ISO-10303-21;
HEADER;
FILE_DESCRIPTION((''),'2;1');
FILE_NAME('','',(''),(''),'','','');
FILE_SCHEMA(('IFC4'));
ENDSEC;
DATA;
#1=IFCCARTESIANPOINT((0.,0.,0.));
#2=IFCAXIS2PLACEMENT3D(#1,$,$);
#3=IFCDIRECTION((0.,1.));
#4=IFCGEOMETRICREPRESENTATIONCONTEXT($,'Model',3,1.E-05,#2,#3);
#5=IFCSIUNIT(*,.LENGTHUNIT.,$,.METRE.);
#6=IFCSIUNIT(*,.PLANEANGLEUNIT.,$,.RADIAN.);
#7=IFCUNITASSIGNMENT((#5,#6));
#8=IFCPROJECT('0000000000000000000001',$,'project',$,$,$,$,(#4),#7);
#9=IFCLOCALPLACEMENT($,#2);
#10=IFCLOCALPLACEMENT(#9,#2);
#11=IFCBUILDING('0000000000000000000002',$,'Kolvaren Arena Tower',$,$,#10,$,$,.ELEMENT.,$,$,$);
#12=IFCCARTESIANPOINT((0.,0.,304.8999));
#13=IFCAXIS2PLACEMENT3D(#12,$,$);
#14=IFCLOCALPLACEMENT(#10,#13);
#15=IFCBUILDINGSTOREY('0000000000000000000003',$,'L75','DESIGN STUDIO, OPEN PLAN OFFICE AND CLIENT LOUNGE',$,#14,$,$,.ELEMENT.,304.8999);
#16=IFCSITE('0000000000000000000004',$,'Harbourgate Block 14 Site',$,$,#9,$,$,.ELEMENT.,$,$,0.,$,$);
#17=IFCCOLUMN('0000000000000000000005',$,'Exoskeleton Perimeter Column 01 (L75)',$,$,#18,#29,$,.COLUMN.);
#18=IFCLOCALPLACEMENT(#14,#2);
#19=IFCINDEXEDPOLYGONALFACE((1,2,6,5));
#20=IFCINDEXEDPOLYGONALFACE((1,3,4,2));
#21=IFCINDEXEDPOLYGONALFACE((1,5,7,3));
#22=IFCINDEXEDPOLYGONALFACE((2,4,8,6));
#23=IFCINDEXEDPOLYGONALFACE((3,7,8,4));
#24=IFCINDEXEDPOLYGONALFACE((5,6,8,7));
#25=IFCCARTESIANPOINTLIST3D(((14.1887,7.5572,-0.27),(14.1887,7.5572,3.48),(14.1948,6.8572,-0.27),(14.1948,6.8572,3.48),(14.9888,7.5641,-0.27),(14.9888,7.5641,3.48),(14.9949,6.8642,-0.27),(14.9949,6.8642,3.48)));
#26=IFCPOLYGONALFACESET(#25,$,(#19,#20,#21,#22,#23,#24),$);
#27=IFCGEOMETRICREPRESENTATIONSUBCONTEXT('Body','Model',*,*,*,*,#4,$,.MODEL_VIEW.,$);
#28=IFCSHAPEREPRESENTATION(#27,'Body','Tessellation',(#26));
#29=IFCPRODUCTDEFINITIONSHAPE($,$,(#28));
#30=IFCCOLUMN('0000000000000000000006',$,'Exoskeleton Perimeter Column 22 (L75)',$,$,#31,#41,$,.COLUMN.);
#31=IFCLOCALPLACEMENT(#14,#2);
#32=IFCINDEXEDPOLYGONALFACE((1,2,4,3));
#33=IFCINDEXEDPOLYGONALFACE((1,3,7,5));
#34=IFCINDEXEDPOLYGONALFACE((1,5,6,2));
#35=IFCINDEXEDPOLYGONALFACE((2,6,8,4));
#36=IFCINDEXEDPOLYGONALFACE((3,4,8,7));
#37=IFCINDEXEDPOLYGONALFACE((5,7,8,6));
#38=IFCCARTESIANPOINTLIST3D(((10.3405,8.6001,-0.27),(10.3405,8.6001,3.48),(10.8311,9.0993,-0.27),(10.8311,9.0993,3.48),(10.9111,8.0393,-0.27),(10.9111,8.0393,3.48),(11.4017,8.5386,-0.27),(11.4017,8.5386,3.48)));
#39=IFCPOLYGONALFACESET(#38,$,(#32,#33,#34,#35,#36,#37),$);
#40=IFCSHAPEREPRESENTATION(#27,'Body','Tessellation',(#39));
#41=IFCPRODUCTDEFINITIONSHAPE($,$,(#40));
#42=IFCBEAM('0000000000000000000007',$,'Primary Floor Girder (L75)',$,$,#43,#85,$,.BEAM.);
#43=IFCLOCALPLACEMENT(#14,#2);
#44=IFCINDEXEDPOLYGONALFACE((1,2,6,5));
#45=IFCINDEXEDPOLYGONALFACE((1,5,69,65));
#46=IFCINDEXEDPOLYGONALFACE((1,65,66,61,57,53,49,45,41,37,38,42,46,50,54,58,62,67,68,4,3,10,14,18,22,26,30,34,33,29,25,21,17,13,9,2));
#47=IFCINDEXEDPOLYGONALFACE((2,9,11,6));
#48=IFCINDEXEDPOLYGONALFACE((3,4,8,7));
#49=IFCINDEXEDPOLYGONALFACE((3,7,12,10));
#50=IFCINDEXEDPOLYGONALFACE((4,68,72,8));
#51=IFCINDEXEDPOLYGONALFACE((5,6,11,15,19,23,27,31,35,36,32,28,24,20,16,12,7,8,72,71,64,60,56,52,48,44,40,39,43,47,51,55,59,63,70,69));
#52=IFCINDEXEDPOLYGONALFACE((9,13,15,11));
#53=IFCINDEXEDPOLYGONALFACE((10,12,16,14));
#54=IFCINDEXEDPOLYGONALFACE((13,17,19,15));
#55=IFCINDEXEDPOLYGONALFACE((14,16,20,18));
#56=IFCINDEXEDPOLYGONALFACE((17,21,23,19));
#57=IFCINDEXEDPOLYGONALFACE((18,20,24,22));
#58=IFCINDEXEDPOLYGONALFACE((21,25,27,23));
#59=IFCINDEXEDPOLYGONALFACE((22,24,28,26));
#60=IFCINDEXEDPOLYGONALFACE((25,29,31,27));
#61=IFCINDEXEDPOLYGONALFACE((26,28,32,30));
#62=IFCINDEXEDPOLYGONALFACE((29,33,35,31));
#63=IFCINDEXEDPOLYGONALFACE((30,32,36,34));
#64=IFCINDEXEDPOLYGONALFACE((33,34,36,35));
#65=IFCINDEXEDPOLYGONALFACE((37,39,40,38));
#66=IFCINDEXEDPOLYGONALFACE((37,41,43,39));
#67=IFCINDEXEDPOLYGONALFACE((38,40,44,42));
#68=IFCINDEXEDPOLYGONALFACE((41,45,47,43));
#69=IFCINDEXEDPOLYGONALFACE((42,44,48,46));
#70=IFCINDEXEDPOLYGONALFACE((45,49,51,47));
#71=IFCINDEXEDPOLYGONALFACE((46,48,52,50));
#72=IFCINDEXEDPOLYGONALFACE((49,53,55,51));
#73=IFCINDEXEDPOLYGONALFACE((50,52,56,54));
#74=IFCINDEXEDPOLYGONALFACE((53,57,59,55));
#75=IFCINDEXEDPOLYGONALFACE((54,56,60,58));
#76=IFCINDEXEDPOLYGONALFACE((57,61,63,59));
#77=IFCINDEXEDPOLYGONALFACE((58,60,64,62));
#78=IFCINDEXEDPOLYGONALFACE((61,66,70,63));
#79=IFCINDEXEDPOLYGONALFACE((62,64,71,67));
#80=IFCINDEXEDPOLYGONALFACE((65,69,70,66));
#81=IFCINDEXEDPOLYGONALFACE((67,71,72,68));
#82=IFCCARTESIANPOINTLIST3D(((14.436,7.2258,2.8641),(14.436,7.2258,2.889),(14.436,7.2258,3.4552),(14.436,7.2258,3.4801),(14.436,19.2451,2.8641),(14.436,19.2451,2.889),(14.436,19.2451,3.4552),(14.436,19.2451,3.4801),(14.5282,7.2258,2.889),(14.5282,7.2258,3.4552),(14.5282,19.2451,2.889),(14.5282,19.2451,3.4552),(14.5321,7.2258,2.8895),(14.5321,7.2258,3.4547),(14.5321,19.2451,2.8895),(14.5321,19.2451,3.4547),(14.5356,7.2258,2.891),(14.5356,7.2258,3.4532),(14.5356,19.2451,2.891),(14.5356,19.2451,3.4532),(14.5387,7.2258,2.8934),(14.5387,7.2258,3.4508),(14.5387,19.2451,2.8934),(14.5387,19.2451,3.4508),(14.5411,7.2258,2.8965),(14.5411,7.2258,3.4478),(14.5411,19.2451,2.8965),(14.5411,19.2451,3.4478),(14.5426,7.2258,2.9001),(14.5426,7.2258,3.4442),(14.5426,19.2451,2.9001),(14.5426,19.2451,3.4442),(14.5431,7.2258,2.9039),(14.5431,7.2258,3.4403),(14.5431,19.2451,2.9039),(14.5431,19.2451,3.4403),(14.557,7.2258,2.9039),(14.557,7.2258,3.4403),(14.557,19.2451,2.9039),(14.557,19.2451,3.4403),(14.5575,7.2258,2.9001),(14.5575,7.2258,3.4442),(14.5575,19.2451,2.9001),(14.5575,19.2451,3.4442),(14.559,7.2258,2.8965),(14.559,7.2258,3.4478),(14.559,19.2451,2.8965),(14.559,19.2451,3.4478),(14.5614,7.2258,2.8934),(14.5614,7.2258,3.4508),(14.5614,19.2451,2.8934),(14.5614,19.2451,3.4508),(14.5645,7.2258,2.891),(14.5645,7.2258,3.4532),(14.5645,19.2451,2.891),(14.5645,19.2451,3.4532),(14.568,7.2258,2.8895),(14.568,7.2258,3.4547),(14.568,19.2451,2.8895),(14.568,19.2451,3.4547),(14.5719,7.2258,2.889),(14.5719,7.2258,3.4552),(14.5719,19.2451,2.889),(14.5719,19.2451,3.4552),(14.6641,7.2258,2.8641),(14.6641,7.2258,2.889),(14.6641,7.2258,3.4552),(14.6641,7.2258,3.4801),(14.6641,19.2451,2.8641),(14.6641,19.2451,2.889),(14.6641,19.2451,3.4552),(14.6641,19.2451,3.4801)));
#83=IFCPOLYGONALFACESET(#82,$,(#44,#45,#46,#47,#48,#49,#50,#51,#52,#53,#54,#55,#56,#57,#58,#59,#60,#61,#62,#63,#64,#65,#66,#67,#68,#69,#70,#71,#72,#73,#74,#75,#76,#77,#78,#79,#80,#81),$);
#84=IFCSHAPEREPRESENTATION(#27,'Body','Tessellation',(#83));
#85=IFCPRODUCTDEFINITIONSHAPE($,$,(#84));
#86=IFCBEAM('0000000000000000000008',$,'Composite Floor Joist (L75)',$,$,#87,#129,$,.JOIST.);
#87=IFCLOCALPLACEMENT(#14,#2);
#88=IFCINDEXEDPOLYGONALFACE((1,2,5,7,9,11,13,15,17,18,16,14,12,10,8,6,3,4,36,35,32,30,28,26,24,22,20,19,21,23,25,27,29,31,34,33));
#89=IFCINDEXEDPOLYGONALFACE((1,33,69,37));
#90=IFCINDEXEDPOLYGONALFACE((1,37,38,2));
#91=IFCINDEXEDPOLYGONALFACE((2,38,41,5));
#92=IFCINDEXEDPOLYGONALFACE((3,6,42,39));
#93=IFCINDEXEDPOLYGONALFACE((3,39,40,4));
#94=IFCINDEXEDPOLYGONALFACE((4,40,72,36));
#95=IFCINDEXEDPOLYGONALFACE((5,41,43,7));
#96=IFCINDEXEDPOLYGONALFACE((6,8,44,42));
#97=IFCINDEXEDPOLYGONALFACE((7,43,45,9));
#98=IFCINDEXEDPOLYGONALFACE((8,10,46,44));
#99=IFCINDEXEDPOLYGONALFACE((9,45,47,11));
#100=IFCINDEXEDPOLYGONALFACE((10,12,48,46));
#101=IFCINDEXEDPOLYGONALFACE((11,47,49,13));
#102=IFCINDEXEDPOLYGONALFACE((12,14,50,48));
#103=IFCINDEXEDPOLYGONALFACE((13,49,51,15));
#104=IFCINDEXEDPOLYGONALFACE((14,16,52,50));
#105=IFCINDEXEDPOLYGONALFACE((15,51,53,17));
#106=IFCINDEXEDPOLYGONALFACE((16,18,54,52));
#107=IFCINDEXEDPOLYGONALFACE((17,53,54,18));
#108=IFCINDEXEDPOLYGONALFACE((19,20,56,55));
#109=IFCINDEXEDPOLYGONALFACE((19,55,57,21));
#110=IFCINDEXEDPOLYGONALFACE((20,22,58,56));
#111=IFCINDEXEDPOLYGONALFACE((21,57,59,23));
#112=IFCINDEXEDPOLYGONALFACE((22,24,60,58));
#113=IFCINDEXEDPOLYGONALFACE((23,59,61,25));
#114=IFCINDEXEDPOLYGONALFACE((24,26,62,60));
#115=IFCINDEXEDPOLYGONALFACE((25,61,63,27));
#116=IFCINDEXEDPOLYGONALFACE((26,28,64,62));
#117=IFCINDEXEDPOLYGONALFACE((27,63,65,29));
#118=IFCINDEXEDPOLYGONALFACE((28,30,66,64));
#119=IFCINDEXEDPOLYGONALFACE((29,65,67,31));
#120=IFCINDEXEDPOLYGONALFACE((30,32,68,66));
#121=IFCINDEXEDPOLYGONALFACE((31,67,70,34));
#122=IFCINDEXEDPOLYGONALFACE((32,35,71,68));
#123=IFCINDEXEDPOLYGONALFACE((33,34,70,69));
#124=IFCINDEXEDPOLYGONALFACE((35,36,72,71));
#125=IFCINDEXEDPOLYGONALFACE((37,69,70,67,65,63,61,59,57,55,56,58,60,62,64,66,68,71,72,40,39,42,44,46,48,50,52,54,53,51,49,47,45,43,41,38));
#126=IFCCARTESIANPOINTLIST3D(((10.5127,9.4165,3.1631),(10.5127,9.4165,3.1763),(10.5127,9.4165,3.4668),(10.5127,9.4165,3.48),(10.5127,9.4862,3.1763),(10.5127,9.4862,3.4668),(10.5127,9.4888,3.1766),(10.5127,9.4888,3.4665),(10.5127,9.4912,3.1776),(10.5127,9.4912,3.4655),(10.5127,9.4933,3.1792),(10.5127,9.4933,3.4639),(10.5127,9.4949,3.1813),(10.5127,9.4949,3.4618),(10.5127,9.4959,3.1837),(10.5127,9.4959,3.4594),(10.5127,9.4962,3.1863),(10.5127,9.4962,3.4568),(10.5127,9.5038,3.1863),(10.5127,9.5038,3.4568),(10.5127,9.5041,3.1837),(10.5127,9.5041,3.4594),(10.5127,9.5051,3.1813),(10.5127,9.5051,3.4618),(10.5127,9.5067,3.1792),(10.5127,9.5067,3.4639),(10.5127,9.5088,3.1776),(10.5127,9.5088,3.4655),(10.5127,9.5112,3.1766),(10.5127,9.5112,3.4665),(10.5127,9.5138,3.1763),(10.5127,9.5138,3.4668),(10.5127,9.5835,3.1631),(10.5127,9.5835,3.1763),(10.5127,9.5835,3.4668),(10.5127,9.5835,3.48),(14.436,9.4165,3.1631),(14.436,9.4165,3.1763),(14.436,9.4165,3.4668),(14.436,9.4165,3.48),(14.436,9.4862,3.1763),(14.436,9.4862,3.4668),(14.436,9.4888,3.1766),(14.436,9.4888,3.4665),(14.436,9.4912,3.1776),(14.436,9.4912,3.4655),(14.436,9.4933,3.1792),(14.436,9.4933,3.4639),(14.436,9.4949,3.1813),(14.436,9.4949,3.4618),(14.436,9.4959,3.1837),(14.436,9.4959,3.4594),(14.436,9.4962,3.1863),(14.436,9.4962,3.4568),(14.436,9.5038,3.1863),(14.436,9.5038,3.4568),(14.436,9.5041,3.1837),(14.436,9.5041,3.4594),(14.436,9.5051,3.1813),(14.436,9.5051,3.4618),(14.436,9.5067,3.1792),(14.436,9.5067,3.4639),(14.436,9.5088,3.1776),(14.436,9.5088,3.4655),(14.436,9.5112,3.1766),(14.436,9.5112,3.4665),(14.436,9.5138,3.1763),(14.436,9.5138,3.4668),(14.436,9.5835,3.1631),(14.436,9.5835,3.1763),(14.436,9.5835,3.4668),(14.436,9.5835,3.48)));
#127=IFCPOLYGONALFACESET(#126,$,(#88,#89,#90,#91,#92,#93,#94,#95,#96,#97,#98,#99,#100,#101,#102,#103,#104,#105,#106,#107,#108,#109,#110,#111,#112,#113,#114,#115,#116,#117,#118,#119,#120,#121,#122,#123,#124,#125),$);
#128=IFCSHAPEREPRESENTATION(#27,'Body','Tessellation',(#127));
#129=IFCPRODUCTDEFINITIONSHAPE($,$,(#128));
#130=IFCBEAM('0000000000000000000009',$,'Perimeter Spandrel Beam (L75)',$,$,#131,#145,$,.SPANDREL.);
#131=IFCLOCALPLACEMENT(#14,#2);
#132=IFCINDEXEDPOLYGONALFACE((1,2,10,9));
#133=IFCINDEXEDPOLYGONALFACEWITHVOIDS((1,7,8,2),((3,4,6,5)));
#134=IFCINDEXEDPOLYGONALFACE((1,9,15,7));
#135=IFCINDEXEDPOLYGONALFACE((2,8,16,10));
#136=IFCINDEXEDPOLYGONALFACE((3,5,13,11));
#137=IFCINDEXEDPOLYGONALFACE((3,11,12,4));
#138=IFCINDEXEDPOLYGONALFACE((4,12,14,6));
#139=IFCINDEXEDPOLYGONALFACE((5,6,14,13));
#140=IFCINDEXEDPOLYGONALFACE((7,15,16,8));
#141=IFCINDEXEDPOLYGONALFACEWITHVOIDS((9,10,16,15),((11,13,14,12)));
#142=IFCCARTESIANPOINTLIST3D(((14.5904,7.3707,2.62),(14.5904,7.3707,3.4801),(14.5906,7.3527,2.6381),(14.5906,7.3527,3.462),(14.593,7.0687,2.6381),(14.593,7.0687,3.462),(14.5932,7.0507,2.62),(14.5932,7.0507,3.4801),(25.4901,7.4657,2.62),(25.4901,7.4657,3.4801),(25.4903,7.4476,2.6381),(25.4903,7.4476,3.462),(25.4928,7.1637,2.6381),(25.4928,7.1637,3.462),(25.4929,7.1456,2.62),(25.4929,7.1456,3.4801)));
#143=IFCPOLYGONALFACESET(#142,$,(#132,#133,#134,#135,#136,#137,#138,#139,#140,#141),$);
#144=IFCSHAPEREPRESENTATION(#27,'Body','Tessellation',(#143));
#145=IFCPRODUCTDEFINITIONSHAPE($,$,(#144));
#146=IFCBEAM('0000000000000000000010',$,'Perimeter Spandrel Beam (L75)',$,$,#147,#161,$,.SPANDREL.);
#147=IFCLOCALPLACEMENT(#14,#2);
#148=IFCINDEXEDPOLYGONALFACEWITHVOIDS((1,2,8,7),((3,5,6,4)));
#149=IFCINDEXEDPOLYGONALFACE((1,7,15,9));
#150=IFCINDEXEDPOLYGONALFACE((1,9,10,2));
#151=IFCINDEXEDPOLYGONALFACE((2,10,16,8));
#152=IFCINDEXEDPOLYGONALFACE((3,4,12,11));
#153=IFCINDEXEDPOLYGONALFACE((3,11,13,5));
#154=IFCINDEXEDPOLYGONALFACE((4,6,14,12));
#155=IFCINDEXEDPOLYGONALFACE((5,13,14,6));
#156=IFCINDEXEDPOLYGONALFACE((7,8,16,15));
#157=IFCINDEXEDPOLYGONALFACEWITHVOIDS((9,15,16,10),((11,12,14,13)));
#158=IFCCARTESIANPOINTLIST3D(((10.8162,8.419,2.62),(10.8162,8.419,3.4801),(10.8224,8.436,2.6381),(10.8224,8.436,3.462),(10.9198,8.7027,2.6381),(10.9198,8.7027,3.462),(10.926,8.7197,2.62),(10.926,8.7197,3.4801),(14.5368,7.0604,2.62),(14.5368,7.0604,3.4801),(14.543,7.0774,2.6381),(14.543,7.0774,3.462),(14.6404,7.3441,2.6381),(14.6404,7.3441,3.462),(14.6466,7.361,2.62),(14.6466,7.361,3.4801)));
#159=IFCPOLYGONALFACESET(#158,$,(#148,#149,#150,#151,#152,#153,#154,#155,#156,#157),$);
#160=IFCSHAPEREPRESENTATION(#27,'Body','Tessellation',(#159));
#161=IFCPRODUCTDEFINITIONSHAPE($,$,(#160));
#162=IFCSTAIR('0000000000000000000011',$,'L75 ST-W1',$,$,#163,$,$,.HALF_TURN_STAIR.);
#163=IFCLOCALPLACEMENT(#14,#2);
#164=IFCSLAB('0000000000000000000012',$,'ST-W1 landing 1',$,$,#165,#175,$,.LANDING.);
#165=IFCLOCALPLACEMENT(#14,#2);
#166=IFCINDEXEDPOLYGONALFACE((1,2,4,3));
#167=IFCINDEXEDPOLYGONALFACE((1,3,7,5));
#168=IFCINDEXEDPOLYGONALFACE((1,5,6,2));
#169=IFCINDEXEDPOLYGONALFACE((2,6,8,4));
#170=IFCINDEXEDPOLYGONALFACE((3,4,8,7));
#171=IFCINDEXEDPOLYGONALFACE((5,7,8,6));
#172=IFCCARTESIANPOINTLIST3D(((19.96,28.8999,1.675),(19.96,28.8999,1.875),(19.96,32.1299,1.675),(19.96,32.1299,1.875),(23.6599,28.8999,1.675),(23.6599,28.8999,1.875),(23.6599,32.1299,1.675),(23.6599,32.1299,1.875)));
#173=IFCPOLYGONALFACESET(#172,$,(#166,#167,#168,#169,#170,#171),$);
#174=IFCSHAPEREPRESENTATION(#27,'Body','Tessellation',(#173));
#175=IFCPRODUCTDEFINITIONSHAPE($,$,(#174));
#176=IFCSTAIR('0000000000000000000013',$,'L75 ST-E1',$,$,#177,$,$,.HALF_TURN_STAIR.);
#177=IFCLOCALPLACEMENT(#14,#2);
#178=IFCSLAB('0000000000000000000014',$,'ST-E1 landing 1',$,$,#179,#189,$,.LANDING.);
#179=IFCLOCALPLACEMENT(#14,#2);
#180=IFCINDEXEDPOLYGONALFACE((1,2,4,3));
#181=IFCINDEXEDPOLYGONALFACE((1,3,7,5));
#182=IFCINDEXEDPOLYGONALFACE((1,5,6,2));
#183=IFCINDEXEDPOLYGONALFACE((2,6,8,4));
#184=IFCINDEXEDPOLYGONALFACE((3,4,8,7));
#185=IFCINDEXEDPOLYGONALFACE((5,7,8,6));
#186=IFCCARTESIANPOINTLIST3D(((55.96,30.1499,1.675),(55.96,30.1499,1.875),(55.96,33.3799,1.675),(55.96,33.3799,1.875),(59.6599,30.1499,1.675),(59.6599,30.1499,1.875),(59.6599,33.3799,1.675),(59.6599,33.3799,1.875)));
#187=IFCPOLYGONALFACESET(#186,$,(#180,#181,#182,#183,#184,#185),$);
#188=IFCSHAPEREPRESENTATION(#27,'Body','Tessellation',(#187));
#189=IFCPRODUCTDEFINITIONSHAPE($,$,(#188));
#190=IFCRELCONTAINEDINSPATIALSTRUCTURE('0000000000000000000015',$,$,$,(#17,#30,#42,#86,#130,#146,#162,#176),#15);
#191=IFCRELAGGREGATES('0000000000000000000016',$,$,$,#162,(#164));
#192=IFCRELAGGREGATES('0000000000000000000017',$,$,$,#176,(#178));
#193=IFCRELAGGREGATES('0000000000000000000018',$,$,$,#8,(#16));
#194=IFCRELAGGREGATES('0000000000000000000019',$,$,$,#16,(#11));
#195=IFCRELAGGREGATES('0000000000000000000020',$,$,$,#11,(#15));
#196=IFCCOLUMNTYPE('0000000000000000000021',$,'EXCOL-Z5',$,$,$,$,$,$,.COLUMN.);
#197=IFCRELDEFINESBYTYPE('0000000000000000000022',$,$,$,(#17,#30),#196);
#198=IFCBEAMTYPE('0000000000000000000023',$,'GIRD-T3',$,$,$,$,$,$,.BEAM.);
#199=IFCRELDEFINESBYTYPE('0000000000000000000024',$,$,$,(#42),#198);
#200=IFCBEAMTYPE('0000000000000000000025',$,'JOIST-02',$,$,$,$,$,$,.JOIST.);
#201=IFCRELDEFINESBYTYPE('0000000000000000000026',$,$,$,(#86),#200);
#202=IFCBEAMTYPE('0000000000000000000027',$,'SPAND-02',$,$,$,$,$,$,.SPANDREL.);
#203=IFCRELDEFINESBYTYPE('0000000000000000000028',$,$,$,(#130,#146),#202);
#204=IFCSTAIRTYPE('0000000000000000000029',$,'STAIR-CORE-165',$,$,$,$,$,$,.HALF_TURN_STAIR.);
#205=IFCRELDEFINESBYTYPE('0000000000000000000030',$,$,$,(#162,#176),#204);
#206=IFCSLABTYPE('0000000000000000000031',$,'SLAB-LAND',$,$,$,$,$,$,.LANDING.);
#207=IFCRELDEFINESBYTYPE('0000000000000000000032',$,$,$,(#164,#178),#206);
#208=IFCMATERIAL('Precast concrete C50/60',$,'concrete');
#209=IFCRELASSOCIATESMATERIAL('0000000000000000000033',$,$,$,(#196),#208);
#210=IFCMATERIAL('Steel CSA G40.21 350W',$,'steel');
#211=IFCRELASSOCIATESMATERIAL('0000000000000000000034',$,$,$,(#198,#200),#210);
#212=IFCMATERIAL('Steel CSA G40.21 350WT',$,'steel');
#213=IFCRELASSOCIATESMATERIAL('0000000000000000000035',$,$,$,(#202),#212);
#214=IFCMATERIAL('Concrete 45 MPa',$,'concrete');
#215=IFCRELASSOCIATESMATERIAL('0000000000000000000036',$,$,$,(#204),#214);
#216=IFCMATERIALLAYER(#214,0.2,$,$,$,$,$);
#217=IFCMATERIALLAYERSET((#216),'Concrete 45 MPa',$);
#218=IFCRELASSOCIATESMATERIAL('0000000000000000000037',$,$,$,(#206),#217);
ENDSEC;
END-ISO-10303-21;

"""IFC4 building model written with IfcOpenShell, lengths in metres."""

from ifc_helpers import new_model, si_unit, direction, frame, origin, origin_2d, place, context, subcontext, project, spatial, polyline, rectangle, hollow_rectangle, i_section, outline, extrude, material, layer, layer_set, material_profile, profile_set, type_object, element, aggregate, save


model = new_model("IFC4")

# Units and contexts
model_context = context("Model", 3, precision=1e-05, world=origin(), true_north=direction((0.0, 1.0)))
body_context = subcontext(model_context, "Body", "Model", "MODEL_VIEW")
ifc_project = project(units=[si_unit("LENGTHUNIT", "METRE"), si_unit("PLANEANGLEUNIT", "RADIAN")], contexts=[model_context])

# Site, building, storey
site_placement = place(None, origin())
site = spatial("IfcSite", under=ifc_project, at=site_placement, Name="Harbourgate Block 14 Site", CompositionType="ELEMENT", RefElevation=0.0)
building_placement = place(site_placement, origin())
building = spatial("IfcBuilding", under=site, at=building_placement, Name="Kolvaren Arena Tower", CompositionType="ELEMENT")
storey_placement = place(building_placement, frame((0.0, 0.0, 304.8999)))
storey = spatial("IfcBuildingStorey", under=building, at=storey_placement, Name="L75", Description="DESIGN STUDIO, OPEN PLAN OFFICE AND CLIENT LOUNGE", CompositionType="ELEMENT", Elevation=304.8999)

# Columns
ifc_material_1 = material(Name="Precast concrete C50/60", Category="concrete")
ifc_material_profile_1 = material_profile(ifc_material_1, rectangle(XDim=0.8, YDim=0.7, at=origin_2d()), Name="RC-800x700")
ifc_profile_set_1 = profile_set([ifc_material_profile_1], Name="Precast concrete C50/60")
column_type = type_object("IfcColumnType", Name="EXCOL-Z5", PredefinedType="COLUMN", material=ifc_profile_set_1)
for number, where, z_axis, x_axis, name in (
    (1, (14.5918, 7.2107, -0.27), (0.0, 0.0, 1.0), (0.999962, 0.008727, 0.0), "Exoskeleton Perimeter Column 01 (L75)"),
    (2, (10.8711, 8.5693, -0.27), (0.0, 0.0, 1.0), (-0.71325, 0.700909, 0.0), "Exoskeleton Perimeter Column 22 (L75)"),
):
    element("IfcColumn", number, at=place(storey_placement, frame(where, z_axis=z_axis, x_axis=x_axis)), inside=storey, type_object=column_type, Name=name, PredefinedType="COLUMN", context=body_context, shape_type="SweptSolid", body=[
        extrude(rectangle(XDim=0.8, YDim=0.7, at=origin_2d()), origin(), (0.0, 0.0, 1.0), 3.75),
    ])

# Beams
ifc_material_2 = material(Name="Steel CSA G40.21 350W", Category="steel")
ifc_material_profile_2 = material_profile(ifc_material_2, i_section(OverallWidth=0.228, OverallDepth=0.616, WebThickness=0.0139, FlangeThickness=0.0249, FilletRadius=0.0149, at=origin_2d()), Name="W610x174")
ifc_profile_set_2 = profile_set([ifc_material_profile_2], Name="Steel CSA G40.21 350W")
beam_type_1 = type_object("IfcBeamType", Name="GIRD-T3", PredefinedType="BEAM", material=ifc_profile_set_2)
beam_1_placement = place(storey_placement, frame((14.55, 7.2258, 3.1721), z_axis=(0.0, 1.0, 0.0), x_axis=(-1.0, 0.0, 0.0)))
element("IfcBeam", 3, at=beam_1_placement, inside=storey, type_object=beam_type_1, Name="Primary Floor Girder (L75)", PredefinedType="BEAM", context=body_context, shape_type="SweptSolid", body=[
    extrude(i_section(OverallWidth=0.228, OverallDepth=0.616, WebThickness=0.0139, FlangeThickness=0.0249, FilletRadius=0.0149, at=origin_2d()), origin(), (0.0, 0.0, 1.0), 12.0193),
])
ifc_material_profile_3 = material_profile(ifc_material_2, i_section(OverallWidth=0.167, OverallDepth=0.3169, WebThickness=0.0076, FlangeThickness=0.0132, FilletRadius=0.01, at=origin_2d()), Name="W310x52")
ifc_profile_set_3 = profile_set([ifc_material_profile_3], Name="Steel CSA G40.21 350W")
beam_type_2 = type_object("IfcBeamType", Name="JOIST-02", PredefinedType="JOIST", material=ifc_profile_set_3)
beam_2_placement = place(storey_placement, frame((10.5127, 9.5, 3.3215), z_axis=(1.0, 0.0, 0.0), x_axis=(0.0, 1.0, 0.0)))
element("IfcBeam", 4, at=beam_2_placement, inside=storey, type_object=beam_type_2, Name="Composite Floor Joist (L75)", PredefinedType="JOIST", context=body_context, shape_type="SweptSolid", body=[
    extrude(i_section(OverallWidth=0.167, OverallDepth=0.3169, WebThickness=0.0076, FlangeThickness=0.0132, FilletRadius=0.01, at=origin_2d()), origin(), (0.0, 0.0, 1.0), 3.9233),
])
ifc_material_3 = material(Name="Steel CSA G40.21 350WT", Category="steel")
ifc_material_profile_4 = material_profile(ifc_material_3, hollow_rectangle(XDim=0.3201, YDim=0.8601, WallThickness=0.0181, at=origin_2d()), Name="HSS 860x320x18")
ifc_profile_set_4 = profile_set([ifc_material_profile_4], Name="Steel CSA G40.21 350WT")
beam_type_3 = type_object("IfcBeamType", Name="SPAND-02", PredefinedType="SPANDREL", material=ifc_profile_set_4)
beam_3_placement = place(storey_placement, frame((14.5918, 7.2107, 3.05), z_axis=(0.999962, 0.008713, 0.0), x_axis=(-0.008713, 0.999962, 0.0)))
element("IfcBeam", 5, at=beam_3_placement, inside=storey, type_object=beam_type_3, Name="Perimeter Spandrel Beam (L75)", PredefinedType="SPANDREL", context=body_context, shape_type="SweptSolid", body=[
    extrude(hollow_rectangle(XDim=0.3201, YDim=0.8601, WallThickness=0.0181, at=origin_2d()), origin(), (0.0, 0.0, 1.0), 10.9001),
])
beam_4_placement = place(storey_placement, frame((10.8711, 8.5693, 3.05), z_axis=(0.939334, -0.343005, 0.0), x_axis=(0.343005, 0.939334, 0.0)))
element("IfcBeam", 6, at=beam_4_placement, inside=storey, type_object=beam_type_3, Name="Perimeter Spandrel Beam (L75)", PredefinedType="SPANDREL", context=body_context, shape_type="SweptSolid", body=[
    extrude(hollow_rectangle(XDim=0.3201, YDim=0.8601, WallThickness=0.0181, at=origin_2d()), origin(), (0.0, 0.0, 1.0), 3.9609),
])

# Stairs, slabs
ifc_material_4 = material(Name="Concrete 45 MPa", Category="concrete")
stair_type_1 = type_object("IfcStairType", Name="STAIR-CORE-165", PredefinedType="HALF_TURN_STAIR", material=ifc_material_4)
stair_1_placement = place(storey_placement, origin())
stair_1 = element("IfcStair", 7, at=stair_1_placement, inside=storey, type_object=stair_type_1, Name="L75 ST-W1", PredefinedType="HALF_TURN_STAIR")
ifc_layer_1 = layer(ifc_material_4, 0.2)
ifc_layer_set_1 = layer_set([ifc_layer_1], Name="Concrete 45 MPa")
slab_type_1 = type_object("IfcSlabType", Name="SLAB-LAND", PredefinedType="LANDING", material=ifc_layer_set_1)
slab_1_placement = place(storey_placement, frame((0.0, 0.0, 1.675)))
slab_1 = element("IfcSlab", 8, at=slab_1_placement, type_object=slab_type_1, Name="ST-W1 landing 1", PredefinedType="LANDING", context=body_context, shape_type="SweptSolid", body=[
    extrude(outline(polyline([(19.96, 28.8999), (23.6599, 28.8999), (23.6599, 32.1299), (19.96, 32.1299), (19.96, 28.8999)])), origin(), (0.0, 0.0, 1.0), 0.2),
])
aggregate(stair_1, [slab_1])
stair_2_placement = place(storey_placement, origin())
stair_2 = element("IfcStair", 9, at=stair_2_placement, inside=storey, type_object=stair_type_1, Name="L75 ST-E1", PredefinedType="HALF_TURN_STAIR")
slab_2_placement = place(storey_placement, frame((0.0, 0.0, 1.675)))
slab_2 = element("IfcSlab", 10, at=slab_2_placement, type_object=slab_type_1, Name="ST-E1 landing 1", PredefinedType="LANDING", context=body_context, shape_type="SweptSolid", body=[
    extrude(outline(polyline([(55.96, 30.1499), (59.6599, 30.1499), (59.6599, 33.3799), (55.96, 33.3799), (55.96, 30.1499)])), origin(), (0.0, 0.0, 1.0), 0.2),
])
aggregate(stair_2, [slab_2])

save(model, "model.ifc")
